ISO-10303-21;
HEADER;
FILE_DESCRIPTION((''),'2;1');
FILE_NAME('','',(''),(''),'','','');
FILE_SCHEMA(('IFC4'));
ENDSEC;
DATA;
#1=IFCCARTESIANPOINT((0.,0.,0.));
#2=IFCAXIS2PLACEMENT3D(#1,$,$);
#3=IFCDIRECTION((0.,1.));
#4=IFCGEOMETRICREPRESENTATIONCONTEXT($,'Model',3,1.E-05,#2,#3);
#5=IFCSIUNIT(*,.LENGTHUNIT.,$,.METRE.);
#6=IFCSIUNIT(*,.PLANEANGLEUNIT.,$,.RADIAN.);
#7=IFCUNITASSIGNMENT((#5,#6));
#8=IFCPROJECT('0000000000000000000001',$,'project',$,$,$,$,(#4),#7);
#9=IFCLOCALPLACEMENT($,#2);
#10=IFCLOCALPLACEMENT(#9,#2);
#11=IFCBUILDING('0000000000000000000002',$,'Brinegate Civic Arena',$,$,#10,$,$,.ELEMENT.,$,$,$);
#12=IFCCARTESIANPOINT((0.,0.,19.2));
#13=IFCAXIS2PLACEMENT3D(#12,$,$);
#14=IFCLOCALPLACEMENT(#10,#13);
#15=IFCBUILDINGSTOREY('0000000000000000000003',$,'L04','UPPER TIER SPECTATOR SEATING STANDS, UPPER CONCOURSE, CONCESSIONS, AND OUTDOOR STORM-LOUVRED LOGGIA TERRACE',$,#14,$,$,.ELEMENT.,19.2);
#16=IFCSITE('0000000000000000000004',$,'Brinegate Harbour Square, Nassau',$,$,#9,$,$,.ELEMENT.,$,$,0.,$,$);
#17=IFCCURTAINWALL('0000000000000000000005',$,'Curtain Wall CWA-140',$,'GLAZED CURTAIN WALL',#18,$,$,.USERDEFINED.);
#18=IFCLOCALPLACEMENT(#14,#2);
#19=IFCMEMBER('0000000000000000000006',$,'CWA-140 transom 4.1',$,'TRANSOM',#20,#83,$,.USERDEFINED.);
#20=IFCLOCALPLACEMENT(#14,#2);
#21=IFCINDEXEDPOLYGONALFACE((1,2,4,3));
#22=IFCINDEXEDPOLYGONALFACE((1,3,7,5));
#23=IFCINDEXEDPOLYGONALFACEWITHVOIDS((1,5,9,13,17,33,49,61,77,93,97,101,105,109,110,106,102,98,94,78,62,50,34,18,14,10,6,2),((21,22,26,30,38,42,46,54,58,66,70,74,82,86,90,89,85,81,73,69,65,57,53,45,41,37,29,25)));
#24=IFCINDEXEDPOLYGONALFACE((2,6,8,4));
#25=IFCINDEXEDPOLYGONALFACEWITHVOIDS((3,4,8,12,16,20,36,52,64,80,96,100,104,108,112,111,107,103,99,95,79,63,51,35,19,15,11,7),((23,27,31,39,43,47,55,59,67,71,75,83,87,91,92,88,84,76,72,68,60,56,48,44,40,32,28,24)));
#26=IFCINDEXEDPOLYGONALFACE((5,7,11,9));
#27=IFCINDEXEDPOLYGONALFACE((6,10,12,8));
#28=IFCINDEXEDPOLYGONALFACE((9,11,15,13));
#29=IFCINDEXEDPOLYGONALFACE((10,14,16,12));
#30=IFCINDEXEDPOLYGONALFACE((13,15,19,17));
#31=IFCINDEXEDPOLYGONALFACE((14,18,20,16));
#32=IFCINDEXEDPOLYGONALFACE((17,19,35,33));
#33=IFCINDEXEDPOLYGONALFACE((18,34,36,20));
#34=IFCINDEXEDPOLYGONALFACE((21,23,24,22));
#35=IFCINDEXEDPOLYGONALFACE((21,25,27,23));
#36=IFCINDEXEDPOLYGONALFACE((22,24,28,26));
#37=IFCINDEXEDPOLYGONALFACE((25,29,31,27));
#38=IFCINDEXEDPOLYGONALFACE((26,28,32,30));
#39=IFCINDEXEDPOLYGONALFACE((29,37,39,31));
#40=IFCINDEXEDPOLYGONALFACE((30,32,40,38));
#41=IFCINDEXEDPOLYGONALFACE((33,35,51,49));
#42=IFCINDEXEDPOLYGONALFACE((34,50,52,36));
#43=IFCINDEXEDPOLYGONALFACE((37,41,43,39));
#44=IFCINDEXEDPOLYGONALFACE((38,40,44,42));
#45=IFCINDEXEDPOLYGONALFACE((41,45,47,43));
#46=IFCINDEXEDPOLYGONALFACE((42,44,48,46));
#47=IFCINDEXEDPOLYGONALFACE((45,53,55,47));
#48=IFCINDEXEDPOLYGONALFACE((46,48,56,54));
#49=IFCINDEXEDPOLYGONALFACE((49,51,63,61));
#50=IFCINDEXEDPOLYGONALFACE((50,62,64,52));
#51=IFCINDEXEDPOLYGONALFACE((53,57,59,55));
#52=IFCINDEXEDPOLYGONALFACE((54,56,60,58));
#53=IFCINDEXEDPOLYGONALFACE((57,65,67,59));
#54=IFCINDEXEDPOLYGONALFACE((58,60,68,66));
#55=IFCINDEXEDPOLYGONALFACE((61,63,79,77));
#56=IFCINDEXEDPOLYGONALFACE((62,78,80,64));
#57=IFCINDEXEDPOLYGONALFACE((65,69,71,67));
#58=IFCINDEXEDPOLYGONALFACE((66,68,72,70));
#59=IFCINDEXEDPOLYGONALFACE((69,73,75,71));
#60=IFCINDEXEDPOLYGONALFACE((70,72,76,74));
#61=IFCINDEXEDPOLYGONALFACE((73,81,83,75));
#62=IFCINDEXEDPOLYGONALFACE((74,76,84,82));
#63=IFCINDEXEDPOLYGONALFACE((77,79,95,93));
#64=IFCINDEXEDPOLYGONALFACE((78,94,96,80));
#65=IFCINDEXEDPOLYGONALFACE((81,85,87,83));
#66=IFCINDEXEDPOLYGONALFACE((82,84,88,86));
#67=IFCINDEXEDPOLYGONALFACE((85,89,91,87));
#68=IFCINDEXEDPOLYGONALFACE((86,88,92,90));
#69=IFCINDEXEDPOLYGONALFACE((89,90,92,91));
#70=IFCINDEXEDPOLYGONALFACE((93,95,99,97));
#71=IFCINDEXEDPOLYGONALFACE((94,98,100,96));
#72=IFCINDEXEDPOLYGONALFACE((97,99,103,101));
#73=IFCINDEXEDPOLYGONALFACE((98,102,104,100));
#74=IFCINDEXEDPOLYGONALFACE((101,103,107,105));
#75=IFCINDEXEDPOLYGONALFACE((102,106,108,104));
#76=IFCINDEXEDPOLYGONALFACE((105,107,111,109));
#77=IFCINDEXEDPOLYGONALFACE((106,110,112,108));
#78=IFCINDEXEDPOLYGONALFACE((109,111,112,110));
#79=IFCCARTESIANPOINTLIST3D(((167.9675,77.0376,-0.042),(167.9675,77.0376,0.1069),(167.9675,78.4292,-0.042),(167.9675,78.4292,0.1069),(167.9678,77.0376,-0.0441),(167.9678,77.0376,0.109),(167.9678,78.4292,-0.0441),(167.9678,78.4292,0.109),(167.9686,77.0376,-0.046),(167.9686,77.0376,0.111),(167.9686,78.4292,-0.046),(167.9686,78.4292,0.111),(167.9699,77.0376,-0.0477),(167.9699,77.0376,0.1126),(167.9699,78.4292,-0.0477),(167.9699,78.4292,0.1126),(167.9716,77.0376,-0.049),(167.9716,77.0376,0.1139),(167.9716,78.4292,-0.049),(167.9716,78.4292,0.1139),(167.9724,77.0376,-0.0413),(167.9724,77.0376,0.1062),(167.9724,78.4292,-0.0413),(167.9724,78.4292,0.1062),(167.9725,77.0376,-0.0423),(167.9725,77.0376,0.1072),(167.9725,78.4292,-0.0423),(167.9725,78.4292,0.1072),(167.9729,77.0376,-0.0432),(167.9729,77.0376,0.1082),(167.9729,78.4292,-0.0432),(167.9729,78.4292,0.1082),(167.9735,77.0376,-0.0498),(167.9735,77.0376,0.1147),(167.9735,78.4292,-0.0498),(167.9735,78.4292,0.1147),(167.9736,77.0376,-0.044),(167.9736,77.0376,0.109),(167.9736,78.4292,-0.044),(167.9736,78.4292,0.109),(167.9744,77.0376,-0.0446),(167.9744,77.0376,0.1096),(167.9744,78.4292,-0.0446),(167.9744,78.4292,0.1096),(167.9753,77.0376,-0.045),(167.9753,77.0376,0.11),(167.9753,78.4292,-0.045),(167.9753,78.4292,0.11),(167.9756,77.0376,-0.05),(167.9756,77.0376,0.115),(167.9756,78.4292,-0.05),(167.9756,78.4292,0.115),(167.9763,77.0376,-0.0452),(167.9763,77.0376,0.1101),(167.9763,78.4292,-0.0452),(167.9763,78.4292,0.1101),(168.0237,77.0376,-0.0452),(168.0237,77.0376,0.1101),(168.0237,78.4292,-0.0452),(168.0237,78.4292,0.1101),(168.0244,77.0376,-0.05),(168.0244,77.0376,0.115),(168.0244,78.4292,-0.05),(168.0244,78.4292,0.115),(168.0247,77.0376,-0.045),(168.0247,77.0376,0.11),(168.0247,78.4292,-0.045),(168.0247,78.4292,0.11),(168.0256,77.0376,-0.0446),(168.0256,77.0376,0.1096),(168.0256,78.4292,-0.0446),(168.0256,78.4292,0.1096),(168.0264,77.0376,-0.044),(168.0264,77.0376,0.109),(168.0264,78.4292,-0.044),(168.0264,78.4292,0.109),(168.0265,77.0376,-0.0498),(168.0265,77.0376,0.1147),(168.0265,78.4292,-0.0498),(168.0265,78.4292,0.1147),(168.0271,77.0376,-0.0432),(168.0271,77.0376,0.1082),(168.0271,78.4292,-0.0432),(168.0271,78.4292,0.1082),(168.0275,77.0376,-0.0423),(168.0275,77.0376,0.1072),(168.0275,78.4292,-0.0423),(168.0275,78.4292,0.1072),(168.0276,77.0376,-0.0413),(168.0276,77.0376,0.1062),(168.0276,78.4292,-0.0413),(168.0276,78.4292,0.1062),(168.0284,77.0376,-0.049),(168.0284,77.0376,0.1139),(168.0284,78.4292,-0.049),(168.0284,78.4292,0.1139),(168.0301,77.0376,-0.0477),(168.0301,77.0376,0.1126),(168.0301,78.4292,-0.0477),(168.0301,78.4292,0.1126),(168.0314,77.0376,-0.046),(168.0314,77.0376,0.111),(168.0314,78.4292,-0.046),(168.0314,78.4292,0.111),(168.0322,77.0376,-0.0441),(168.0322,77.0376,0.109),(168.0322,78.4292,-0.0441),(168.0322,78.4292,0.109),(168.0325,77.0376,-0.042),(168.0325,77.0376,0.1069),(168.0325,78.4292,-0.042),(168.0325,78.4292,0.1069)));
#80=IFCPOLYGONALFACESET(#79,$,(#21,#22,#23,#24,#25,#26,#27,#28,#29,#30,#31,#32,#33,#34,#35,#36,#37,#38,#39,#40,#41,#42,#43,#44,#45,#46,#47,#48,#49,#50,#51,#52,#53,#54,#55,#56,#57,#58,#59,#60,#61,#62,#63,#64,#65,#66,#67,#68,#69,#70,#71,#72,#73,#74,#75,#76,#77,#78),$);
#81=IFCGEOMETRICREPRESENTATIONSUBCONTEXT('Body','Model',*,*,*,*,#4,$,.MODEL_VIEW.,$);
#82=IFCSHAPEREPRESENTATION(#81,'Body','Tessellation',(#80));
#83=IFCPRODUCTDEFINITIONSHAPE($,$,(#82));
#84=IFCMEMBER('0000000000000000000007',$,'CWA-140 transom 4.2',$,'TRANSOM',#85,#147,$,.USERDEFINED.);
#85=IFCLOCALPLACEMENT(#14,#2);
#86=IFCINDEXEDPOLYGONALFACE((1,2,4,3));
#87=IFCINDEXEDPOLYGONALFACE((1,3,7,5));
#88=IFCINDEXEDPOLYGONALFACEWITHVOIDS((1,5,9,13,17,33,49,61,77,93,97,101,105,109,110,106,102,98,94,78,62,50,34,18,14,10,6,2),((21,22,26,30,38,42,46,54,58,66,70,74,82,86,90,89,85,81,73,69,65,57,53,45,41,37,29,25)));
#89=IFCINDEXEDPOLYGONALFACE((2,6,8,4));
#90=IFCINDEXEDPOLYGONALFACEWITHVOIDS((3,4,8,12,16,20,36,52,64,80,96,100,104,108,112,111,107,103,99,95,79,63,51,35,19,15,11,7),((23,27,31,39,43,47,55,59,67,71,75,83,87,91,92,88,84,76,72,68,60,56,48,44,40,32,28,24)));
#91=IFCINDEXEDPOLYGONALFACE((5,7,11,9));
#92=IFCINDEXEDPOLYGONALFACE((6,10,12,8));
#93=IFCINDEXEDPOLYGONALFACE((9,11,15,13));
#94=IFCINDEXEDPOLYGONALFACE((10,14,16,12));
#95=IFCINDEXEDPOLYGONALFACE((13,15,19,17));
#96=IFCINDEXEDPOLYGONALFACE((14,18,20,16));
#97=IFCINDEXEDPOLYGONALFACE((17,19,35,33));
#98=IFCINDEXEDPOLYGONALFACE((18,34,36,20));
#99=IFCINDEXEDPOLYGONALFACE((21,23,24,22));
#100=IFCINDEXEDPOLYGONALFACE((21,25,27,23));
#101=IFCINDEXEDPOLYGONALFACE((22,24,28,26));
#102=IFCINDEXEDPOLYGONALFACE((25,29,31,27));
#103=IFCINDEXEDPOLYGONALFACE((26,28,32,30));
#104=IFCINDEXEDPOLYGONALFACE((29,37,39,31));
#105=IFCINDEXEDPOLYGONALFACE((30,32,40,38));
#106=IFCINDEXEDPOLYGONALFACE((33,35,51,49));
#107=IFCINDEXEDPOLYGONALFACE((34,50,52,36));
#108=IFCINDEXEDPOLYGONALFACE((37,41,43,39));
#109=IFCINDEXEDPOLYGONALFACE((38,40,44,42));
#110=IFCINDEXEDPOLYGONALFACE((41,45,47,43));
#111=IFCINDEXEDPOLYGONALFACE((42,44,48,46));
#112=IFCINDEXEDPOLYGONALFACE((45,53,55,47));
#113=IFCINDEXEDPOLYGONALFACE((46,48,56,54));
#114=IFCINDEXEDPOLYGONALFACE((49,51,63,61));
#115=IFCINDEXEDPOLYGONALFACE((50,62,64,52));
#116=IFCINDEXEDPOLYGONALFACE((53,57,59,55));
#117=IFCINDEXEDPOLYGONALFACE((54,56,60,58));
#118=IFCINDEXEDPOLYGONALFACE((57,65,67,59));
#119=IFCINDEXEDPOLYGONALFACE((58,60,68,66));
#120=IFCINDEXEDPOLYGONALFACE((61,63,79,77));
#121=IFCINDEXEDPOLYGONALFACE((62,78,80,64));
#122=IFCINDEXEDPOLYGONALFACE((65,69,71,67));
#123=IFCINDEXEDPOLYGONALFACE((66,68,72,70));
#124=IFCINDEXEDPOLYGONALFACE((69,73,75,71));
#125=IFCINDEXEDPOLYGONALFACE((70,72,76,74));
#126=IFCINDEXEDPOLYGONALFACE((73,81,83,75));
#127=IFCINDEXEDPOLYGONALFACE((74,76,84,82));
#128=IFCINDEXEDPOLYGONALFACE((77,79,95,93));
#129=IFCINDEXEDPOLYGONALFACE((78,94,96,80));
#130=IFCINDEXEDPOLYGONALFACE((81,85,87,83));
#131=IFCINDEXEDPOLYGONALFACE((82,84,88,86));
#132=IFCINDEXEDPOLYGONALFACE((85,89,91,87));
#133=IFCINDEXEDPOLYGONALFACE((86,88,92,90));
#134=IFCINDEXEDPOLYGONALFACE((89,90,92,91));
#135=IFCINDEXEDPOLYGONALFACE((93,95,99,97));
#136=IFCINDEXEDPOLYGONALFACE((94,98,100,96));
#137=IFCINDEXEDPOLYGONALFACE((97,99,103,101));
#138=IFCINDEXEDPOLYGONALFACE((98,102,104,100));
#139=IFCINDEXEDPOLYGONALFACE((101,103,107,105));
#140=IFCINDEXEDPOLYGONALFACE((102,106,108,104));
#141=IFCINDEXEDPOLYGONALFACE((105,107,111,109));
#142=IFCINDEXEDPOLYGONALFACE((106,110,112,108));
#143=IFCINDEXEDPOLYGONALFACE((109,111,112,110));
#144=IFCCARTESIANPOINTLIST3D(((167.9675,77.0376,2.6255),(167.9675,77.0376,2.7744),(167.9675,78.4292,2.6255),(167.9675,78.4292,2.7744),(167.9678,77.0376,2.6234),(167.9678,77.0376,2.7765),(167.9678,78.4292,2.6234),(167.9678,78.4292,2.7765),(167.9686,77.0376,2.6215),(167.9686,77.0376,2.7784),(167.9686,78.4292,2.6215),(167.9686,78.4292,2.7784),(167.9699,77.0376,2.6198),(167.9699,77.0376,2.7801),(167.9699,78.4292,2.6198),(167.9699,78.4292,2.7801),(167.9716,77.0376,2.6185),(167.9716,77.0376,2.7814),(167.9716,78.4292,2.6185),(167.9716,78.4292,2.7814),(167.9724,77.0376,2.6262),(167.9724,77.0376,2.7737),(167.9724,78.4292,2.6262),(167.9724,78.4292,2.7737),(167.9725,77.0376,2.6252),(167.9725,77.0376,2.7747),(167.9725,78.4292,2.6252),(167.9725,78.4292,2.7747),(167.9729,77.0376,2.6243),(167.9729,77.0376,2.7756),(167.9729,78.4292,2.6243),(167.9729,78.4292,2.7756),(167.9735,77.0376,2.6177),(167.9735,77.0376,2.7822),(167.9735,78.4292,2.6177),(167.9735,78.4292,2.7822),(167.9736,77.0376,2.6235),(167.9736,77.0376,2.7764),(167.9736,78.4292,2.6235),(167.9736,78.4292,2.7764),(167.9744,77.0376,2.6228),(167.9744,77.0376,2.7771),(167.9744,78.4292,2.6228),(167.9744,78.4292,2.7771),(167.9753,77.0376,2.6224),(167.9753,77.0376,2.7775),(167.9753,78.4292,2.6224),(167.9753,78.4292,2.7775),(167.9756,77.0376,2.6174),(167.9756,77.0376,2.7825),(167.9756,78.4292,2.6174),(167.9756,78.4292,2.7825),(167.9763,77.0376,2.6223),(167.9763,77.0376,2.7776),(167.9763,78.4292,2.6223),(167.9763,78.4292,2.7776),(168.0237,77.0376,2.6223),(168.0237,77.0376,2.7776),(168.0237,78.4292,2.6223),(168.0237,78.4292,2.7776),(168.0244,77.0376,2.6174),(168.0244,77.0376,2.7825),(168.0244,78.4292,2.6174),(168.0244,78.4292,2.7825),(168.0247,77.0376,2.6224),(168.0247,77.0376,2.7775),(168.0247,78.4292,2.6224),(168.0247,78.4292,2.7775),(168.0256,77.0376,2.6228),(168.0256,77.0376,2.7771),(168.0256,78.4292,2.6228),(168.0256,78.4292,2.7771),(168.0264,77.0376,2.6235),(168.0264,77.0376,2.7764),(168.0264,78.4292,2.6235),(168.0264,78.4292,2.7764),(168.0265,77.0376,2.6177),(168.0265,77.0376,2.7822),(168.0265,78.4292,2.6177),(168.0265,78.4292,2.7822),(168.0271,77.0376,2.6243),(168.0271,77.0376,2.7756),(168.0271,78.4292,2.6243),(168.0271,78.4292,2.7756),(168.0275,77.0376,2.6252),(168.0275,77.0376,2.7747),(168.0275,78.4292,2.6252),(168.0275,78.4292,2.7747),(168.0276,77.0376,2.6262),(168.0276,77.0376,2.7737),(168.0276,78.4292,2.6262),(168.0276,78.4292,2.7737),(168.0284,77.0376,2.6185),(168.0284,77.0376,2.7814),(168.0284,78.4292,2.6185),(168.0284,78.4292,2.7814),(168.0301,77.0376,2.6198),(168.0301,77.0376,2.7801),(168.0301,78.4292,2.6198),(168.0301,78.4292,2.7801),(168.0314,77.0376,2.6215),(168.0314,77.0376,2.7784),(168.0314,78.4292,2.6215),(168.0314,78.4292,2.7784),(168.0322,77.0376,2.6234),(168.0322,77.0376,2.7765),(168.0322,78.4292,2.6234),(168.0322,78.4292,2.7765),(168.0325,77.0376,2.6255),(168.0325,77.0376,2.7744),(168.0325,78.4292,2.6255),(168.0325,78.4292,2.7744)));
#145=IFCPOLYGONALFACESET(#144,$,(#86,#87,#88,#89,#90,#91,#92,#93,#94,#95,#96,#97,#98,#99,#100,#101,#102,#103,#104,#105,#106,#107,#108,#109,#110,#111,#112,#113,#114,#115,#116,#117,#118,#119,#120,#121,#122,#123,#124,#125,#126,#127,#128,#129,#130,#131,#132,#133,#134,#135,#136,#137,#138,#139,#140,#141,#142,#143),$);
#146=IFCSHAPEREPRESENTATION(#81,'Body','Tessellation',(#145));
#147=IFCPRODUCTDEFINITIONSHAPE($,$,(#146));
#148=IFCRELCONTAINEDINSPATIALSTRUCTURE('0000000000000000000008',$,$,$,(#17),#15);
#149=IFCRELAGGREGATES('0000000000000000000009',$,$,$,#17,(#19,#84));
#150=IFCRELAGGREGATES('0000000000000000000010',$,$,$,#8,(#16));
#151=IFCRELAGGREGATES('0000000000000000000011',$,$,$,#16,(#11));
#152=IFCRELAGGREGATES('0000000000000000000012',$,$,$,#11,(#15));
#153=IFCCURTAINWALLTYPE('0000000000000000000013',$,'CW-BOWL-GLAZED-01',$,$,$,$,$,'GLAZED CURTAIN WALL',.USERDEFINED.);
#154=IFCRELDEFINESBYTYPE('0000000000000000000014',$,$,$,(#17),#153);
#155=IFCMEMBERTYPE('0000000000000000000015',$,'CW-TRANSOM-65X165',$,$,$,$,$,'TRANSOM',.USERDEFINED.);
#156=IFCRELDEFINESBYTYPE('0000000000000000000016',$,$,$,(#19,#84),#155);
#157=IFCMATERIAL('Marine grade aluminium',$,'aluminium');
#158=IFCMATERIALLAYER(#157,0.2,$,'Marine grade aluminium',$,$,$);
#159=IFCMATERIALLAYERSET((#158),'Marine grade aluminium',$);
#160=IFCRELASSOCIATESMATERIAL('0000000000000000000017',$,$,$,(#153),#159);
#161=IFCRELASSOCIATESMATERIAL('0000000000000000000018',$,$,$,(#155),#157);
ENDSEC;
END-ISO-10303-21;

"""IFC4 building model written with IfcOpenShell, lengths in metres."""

from ifc_helpers import new_model, si_unit, direction, frame, origin, origin_2d, place, context, subcontext, project, spatial, hollow_rectangle, extrude, material, layer, layer_set, material_profile, profile_set, type_object, element, aggregate, save


model = new_model("IFC4")

# Units and contexts
model_context = context("Model", 3, precision=1e-05, world=origin(), true_north=direction((0.0, 1.0)))
body_context = subcontext(model_context, "Body", "Model", "MODEL_VIEW")
ifc_project = project(units=[si_unit("LENGTHUNIT", "METRE"), si_unit("PLANEANGLEUNIT", "RADIAN")], contexts=[model_context])

# Site, building, storey
site_placement = place(None, origin())
site = spatial("IfcSite", under=ifc_project, at=site_placement, Name="Brinegate Harbour Square, Nassau", CompositionType="ELEMENT", RefElevation=0.0)
building_placement = place(site_placement, origin())
building = spatial("IfcBuilding", under=site, at=building_placement, Name="Brinegate Civic Arena", CompositionType="ELEMENT")
storey_placement = place(building_placement, frame((0.0, 0.0, 19.2)))
storey = spatial("IfcBuildingStorey", under=building, at=storey_placement, Name="L04", Description="UPPER TIER SPECTATOR SEATING STANDS, UPPER CONCOURSE, CONCESSIONS, AND OUTDOOR STORM-LOUVRED LOGGIA TERRACE", CompositionType="ELEMENT", Elevation=19.2)

# Curtain wall, members
ifc_material_1 = material(Name="Marine grade aluminium", Category="aluminium")
ifc_layer_1 = layer(ifc_material_1, 0.2, Name="Marine grade aluminium")
ifc_layer_set_1 = layer_set([ifc_layer_1], Name="Marine grade aluminium")
curtain_wall_type = type_object("IfcCurtainWallType", Name="CW-BOWL-GLAZED-01", ElementType="GLAZED CURTAIN WALL", PredefinedType="USERDEFINED", material=ifc_layer_set_1)
curtain_wall_placement = place(storey_placement, origin())
curtain_wall = element("IfcCurtainWall", 1, at=curtain_wall_placement, inside=storey, type_object=curtain_wall_type, Name="Curtain Wall CWA-140", ObjectType="GLAZED CURTAIN WALL", PredefinedType="USERDEFINED")
ifc_material_profile_1 = material_profile(ifc_material_1, hollow_rectangle(XDim=0.0649, YDim=0.165, WallThickness=0.0049, InnerFilletRadius=0.0039, OuterFilletRadius=0.0081, at=origin_2d()), Name="TRN65X165")
ifc_profile_set_1 = profile_set([ifc_material_profile_1], Name="Marine grade aluminium")
member_type_1 = type_object("IfcMemberType", Name="CW-TRANSOM-65X165", ElementType="TRANSOM", PredefinedType="USERDEFINED", material=ifc_profile_set_1)
member_1_placement = place(storey_placement, frame((168.0, 77.0376, 0.0325), z_axis=(0.0, 1.0, 0.0), x_axis=(-1.0, 0.0, 0.0)))
member_1 = element("IfcMember", 2, at=member_1_placement, type_object=member_type_1, Name="CWA-140 transom 4.1", ObjectType="TRANSOM", PredefinedType="USERDEFINED", context=body_context, shape_type="SweptSolid", body=[
    extrude(hollow_rectangle(XDim=0.0649, YDim=0.165, WallThickness=0.0049, InnerFilletRadius=0.0039, OuterFilletRadius=0.0081, at=origin_2d()), origin(), (0.0, 0.0, 1.0), 1.3916),
])
member_2_placement = place(storey_placement, frame((168.0, 77.0376, 2.7), z_axis=(0.0, 1.0, 0.0), x_axis=(-1.0, 0.0, 0.0)))
member_2 = element("IfcMember", 3, at=member_2_placement, type_object=member_type_1, Name="CWA-140 transom 4.2", ObjectType="TRANSOM", PredefinedType="USERDEFINED", context=body_context, shape_type="SweptSolid", body=[
    extrude(hollow_rectangle(XDim=0.0649, YDim=0.165, WallThickness=0.0049, InnerFilletRadius=0.0039, OuterFilletRadius=0.0081, at=origin_2d()), origin(), (0.0, 0.0, 1.0), 1.3916),
])
aggregate(curtain_wall, [member_1, member_2])

save(model, "model.ifc")
